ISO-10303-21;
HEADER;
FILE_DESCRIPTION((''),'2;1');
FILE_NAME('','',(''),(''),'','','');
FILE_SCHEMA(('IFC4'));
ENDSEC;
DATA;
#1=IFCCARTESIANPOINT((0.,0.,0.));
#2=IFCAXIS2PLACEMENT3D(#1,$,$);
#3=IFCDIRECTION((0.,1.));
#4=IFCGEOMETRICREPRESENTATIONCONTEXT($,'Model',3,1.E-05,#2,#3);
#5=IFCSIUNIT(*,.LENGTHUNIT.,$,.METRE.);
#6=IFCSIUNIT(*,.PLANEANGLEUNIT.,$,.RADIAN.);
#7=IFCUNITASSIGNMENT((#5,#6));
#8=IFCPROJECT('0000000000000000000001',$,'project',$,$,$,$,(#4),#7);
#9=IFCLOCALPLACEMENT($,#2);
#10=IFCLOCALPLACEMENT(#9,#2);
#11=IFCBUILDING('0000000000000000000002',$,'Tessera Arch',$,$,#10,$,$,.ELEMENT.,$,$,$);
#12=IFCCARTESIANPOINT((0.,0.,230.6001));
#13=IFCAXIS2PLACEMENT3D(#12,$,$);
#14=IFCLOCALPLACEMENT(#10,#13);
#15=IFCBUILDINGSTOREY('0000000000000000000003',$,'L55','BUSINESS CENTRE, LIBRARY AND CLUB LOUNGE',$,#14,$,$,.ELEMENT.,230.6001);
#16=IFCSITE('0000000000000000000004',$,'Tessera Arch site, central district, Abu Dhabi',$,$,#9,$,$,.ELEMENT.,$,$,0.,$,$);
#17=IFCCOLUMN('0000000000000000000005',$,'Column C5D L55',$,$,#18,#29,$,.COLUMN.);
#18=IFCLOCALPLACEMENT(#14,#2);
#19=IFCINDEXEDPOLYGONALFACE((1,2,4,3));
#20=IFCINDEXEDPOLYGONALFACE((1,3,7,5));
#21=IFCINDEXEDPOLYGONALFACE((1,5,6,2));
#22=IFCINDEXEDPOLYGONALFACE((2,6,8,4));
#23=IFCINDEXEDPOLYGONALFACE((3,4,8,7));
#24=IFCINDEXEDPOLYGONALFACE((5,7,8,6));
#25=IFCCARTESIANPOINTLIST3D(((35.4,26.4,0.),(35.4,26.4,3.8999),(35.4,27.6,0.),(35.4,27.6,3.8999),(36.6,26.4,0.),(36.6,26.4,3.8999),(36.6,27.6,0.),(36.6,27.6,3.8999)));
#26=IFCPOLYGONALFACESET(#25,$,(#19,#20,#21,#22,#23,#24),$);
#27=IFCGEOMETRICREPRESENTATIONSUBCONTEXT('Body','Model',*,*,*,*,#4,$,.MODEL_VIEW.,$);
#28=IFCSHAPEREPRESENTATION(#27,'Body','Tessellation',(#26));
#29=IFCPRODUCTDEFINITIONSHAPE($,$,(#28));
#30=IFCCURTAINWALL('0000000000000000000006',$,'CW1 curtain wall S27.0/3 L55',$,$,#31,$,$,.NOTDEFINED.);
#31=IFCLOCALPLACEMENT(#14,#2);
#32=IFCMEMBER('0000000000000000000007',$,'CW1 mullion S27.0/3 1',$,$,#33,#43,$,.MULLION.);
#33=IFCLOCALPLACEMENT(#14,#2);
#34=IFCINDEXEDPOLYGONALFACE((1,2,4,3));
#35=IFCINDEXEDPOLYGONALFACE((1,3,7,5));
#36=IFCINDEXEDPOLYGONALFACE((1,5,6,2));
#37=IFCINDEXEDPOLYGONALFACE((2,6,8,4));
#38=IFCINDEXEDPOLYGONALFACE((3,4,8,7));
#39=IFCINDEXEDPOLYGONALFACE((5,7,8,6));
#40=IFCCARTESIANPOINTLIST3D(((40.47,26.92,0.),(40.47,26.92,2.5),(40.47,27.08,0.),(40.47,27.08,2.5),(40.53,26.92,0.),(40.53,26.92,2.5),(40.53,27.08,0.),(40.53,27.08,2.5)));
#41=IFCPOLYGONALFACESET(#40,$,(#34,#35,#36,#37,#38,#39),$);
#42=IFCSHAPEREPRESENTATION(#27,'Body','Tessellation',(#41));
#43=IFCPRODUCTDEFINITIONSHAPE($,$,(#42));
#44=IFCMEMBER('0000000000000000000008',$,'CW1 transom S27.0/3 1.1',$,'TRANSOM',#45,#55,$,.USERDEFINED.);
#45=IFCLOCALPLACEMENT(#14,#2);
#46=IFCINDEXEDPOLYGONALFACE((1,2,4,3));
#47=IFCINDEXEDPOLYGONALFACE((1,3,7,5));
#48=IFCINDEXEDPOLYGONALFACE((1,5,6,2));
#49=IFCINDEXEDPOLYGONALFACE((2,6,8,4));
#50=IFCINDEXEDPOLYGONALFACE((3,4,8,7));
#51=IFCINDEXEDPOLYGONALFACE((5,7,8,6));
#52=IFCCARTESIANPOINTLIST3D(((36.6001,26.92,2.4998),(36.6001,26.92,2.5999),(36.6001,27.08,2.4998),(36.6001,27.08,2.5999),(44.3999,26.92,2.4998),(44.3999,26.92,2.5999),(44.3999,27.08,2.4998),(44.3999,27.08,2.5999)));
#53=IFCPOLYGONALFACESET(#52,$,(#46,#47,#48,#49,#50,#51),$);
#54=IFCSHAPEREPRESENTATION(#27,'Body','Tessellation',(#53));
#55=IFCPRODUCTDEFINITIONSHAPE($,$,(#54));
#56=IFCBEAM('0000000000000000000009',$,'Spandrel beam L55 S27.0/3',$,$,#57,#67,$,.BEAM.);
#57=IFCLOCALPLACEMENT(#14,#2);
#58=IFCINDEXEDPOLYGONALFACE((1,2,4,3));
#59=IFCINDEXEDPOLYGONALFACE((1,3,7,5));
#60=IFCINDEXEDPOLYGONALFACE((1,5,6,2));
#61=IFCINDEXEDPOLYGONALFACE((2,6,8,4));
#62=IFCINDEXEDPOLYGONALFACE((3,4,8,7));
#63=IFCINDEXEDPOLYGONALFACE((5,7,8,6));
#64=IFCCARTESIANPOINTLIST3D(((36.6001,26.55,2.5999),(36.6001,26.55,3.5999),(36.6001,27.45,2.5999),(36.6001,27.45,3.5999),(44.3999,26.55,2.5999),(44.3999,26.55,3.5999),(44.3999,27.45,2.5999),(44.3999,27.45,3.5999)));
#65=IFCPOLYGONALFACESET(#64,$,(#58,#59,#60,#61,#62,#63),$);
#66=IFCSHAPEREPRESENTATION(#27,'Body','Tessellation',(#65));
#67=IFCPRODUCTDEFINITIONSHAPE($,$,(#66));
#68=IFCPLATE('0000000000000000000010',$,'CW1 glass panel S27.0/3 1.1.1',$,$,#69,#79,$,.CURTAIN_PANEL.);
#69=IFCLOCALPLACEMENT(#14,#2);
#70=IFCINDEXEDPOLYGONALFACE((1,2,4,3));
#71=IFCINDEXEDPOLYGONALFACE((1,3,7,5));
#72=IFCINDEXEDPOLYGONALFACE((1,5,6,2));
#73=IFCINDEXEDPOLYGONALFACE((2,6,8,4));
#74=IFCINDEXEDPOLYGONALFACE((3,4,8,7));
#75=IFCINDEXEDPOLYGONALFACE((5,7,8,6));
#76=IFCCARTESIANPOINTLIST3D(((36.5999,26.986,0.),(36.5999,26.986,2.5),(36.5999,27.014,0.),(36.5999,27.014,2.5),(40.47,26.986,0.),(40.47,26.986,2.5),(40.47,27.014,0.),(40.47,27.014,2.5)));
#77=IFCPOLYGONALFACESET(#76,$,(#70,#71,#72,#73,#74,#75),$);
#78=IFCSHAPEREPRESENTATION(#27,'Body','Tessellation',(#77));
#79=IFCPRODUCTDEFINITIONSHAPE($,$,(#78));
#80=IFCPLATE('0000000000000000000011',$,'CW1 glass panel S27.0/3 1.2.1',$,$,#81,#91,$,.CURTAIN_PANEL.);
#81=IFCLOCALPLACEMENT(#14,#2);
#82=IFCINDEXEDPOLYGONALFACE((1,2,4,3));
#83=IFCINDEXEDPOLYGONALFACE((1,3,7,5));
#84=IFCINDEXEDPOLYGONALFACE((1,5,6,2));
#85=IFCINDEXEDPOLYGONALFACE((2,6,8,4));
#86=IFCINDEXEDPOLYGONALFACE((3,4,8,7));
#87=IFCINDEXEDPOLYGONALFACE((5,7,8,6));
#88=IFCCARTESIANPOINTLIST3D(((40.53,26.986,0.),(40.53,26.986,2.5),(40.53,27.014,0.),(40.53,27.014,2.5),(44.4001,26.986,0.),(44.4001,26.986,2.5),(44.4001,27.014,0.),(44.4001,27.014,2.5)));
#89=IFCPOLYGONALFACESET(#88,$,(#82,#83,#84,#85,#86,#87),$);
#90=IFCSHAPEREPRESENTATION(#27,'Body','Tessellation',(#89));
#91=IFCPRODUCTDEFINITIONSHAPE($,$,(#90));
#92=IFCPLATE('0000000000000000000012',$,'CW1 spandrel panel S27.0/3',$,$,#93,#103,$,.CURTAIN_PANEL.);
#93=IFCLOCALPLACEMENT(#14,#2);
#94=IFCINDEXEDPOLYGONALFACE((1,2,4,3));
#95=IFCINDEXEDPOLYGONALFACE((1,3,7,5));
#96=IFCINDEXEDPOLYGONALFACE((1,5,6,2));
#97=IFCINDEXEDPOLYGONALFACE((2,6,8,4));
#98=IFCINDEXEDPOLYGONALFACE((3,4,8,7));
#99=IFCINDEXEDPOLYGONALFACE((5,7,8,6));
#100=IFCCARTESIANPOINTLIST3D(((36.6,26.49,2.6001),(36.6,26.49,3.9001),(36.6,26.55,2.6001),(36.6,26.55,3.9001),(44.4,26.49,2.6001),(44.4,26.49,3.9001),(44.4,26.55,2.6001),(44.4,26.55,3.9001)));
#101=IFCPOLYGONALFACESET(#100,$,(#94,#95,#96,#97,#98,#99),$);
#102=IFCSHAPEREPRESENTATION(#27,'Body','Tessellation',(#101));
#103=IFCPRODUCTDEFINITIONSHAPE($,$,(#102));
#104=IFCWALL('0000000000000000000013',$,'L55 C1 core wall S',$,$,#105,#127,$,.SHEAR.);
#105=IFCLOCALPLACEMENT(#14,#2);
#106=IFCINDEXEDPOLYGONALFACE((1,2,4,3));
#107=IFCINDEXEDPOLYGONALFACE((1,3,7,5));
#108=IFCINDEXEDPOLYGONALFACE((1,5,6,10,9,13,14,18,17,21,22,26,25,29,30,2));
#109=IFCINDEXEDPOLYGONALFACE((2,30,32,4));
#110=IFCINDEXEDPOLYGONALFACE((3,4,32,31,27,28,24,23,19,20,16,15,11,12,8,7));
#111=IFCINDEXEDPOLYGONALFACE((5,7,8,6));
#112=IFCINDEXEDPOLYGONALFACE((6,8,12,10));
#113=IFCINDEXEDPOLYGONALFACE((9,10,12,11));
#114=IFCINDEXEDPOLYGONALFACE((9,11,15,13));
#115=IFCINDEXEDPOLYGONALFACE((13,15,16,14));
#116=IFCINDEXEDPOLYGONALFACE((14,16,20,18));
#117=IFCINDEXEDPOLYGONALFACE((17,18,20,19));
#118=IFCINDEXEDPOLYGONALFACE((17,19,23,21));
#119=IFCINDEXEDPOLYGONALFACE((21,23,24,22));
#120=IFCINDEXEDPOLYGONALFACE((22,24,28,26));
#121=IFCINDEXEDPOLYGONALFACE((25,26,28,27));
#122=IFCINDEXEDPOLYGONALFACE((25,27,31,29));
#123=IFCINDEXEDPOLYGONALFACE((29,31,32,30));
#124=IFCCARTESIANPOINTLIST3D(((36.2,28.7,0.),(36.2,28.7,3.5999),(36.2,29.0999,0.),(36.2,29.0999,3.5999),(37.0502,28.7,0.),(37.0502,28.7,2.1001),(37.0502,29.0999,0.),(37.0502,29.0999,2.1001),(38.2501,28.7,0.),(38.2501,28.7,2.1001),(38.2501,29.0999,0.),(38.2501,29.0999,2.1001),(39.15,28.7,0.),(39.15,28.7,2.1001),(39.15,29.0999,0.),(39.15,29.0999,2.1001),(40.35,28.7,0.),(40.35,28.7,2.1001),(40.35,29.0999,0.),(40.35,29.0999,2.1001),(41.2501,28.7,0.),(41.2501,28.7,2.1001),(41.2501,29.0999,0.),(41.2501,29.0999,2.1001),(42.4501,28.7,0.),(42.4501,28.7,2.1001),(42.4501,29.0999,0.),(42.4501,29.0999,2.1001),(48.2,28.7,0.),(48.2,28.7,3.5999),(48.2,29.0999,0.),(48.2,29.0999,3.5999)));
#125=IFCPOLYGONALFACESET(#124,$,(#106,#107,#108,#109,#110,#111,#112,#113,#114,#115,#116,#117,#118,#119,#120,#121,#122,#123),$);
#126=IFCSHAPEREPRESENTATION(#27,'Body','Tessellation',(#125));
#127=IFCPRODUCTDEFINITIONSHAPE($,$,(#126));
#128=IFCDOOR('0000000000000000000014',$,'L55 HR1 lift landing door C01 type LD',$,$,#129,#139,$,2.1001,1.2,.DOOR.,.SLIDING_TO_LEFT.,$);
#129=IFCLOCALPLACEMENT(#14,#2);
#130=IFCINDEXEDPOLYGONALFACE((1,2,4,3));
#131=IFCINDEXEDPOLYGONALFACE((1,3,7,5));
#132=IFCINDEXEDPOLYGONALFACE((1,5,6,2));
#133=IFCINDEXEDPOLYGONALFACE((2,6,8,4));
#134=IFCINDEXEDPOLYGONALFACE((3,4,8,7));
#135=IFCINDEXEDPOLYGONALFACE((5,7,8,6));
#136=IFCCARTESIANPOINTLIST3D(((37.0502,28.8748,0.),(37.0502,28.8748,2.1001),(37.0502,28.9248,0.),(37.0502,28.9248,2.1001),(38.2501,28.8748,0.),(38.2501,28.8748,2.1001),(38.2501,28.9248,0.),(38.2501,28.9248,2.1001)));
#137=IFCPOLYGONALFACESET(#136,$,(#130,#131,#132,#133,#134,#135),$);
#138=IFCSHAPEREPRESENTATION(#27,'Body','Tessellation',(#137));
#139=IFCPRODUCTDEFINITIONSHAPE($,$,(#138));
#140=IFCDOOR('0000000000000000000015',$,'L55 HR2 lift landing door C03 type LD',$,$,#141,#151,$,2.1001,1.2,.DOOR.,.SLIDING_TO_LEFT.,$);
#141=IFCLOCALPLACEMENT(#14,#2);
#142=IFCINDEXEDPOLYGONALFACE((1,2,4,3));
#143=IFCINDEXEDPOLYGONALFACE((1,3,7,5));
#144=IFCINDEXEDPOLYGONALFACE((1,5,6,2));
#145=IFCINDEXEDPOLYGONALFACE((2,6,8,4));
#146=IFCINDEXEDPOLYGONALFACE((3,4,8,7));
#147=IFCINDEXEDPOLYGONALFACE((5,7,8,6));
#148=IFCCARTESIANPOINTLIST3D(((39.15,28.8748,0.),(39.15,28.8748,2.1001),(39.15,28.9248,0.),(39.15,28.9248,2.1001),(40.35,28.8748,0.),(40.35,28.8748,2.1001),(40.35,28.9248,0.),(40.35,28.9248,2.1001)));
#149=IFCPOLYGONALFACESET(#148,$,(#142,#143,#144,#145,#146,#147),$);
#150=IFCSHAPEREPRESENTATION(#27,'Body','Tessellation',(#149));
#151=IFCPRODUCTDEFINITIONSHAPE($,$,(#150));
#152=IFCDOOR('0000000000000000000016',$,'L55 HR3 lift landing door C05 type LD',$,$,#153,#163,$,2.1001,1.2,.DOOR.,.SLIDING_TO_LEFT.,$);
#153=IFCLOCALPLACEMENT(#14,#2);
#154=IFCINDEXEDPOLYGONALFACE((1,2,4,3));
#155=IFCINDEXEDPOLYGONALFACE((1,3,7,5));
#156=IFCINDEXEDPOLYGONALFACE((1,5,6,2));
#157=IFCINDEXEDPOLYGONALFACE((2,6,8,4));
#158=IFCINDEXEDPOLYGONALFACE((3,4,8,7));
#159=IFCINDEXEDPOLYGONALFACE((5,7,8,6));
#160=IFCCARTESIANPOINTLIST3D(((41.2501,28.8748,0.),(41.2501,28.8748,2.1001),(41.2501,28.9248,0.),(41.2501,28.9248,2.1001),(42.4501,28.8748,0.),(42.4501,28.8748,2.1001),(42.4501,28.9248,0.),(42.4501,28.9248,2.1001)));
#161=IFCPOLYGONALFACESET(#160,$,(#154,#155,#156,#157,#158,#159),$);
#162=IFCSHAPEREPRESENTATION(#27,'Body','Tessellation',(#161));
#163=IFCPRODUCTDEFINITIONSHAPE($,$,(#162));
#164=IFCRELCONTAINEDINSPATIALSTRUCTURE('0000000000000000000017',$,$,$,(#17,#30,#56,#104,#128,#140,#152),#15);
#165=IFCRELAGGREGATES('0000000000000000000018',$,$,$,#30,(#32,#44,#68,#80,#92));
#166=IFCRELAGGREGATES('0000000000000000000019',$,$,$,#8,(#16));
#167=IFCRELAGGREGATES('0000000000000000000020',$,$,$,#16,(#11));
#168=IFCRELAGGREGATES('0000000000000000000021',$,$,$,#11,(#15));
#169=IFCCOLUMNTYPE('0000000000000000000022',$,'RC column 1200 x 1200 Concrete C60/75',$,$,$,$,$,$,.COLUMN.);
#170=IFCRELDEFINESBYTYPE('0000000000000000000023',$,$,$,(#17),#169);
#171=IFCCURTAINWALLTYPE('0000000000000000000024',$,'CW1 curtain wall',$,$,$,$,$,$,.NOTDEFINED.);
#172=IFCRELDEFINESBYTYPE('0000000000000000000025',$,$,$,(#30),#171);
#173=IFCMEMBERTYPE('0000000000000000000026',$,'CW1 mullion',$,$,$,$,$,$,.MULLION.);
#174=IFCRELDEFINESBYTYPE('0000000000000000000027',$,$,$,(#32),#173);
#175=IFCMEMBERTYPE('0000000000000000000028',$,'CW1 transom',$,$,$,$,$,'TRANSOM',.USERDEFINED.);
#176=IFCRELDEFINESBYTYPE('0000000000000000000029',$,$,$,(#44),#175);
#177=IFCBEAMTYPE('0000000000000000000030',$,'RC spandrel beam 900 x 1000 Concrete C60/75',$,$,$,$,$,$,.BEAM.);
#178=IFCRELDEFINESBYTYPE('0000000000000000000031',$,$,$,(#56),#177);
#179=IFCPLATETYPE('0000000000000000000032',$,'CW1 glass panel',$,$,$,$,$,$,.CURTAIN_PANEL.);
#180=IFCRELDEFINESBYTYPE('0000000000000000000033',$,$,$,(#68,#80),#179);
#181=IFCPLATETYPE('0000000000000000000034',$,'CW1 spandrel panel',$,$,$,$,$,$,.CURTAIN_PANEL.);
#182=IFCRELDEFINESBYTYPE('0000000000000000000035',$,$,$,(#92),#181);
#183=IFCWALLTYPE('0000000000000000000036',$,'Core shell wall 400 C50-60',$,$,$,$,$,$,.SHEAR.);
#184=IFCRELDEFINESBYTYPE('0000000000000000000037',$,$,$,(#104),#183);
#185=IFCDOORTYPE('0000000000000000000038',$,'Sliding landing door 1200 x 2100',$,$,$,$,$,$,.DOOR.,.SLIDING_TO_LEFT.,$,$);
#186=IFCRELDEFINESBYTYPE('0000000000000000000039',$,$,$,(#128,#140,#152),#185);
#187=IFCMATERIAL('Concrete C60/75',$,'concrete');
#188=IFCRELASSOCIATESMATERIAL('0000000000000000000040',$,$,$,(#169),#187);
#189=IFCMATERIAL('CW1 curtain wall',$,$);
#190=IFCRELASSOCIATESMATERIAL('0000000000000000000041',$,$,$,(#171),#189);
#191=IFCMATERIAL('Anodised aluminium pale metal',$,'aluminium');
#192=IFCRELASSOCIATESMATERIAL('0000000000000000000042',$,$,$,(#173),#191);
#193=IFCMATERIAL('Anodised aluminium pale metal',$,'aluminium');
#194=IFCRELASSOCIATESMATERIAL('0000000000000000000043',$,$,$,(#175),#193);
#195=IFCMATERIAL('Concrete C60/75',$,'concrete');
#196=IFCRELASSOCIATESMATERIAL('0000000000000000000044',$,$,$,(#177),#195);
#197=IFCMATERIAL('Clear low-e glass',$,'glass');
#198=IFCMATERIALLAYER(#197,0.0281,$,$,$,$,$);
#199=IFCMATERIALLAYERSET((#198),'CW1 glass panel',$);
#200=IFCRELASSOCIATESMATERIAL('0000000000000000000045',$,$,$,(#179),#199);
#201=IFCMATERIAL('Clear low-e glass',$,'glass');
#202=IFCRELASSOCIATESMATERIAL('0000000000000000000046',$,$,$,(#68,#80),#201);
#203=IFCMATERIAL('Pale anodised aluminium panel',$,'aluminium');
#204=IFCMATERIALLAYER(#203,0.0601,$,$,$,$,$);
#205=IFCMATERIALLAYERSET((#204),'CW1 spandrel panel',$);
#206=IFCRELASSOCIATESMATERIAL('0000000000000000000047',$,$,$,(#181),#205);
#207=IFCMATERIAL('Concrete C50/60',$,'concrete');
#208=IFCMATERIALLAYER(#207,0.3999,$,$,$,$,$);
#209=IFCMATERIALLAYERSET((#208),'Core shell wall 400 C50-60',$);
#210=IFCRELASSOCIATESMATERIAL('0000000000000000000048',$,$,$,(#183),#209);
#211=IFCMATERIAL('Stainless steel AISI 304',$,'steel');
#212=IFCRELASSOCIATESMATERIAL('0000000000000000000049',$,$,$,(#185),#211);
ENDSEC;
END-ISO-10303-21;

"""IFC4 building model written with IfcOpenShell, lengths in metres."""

from ifc_helpers import new_model, si_unit, direction, frame, frame_2d, origin, origin_2d, place, context, subcontext, project, spatial, rectangle, extrude, material, layer, layer_set, material_profile, profile_set, type_object, element, fill, aggregate, save


model = new_model("IFC4")

# Units and contexts
model_context = context("Model", 3, precision=1e-05, world=origin(), true_north=direction((0.0, 1.0)))
body_context = subcontext(model_context, "Body", "Model", "MODEL_VIEW")
ifc_project = project(units=[si_unit("LENGTHUNIT", "METRE"), si_unit("PLANEANGLEUNIT", "RADIAN")], contexts=[model_context])

# Site, building, storey
site_placement = place(None, origin())
site = spatial("IfcSite", under=ifc_project, at=site_placement, Name="Tessera Arch site, central district, Abu Dhabi", CompositionType="ELEMENT", RefElevation=0.0)
building_placement = place(site_placement, origin())
building = spatial("IfcBuilding", under=site, at=building_placement, Name="Tessera Arch", CompositionType="ELEMENT")
storey_placement = place(building_placement, frame((0.0, 0.0, 230.6001)))
storey = spatial("IfcBuildingStorey", under=building, at=storey_placement, Name="L55", Description="BUSINESS CENTRE, LIBRARY AND CLUB LOUNGE", CompositionType="ELEMENT", Elevation=230.6001)

# Column
ifc_material_1 = material(Name="Concrete C60/75", Category="concrete")
ifc_material_profile_1 = material_profile(ifc_material_1, rectangle(XDim=1.2, YDim=1.2, at=origin_2d()), Name="RC column 1200 x 1200 Concrete C60/75")
ifc_profile_set_1 = profile_set([ifc_material_profile_1], Name="Concrete C60/75")
column_type = type_object("IfcColumnType", Name="RC column 1200 x 1200 Concrete C60/75", PredefinedType="COLUMN", material=ifc_profile_set_1)
column_placement = place(storey_placement, frame((36.0, 27.0, 0.0), z_axis=(0.0, 0.0, 1.0), x_axis=(1.0, 0.0, 0.0)))
element("IfcColumn", 1, at=column_placement, inside=storey, type_object=column_type, Name="Column C5D L55", PredefinedType="COLUMN", context=body_context, shape_type="SweptSolid", body=[
    extrude(rectangle(XDim=1.2, YDim=1.2, at=origin_2d()), origin(), (0.0, 0.0, 1.0), 3.8999),
])

# Curtain wall, members
ifc_material_2 = material(Name="CW1 curtain wall")
curtain_wall_type = type_object("IfcCurtainWallType", Name="CW1 curtain wall", PredefinedType="NOTDEFINED", material=ifc_material_2)
curtain_wall_placement = place(storey_placement, origin())
curtain_wall = element("IfcCurtainWall", 2, at=curtain_wall_placement, inside=storey, type_object=curtain_wall_type, Name="CW1 curtain wall S27.0/3 L55", PredefinedType="NOTDEFINED")
ifc_material_3 = material(Name="Anodised aluminium pale metal", Category="aluminium")
ifc_material_profile_2 = material_profile(ifc_material_3, rectangle(XDim=0.1599, YDim=0.0601, at=origin_2d()), Name="AL 60x160")
ifc_profile_set_2 = profile_set([ifc_material_profile_2], Name="Anodised aluminium pale metal")
member_type_1 = type_object("IfcMemberType", Name="CW1 mullion", PredefinedType="MULLION", material=ifc_profile_set_2)
member_1_placement = place(storey_placement, frame((40.5, 27.0, 0.0), z_axis=(0.0, 0.0, 1.0), x_axis=(0.0, 1.0, 0.0)))
member_1 = element("IfcMember", 3, at=member_1_placement, type_object=member_type_1, Name="CW1 mullion S27.0/3 1", PredefinedType="MULLION", context=body_context, shape_type="SweptSolid", body=[
    extrude(rectangle(XDim=0.1599, YDim=0.0601, at=origin_2d()), origin(), (0.0, 0.0, 1.0), 2.5),
])
ifc_material_4 = material(Name="Anodised aluminium pale metal", Category="aluminium")
ifc_material_profile_3 = material_profile(ifc_material_4, rectangle(XDim=0.1599, YDim=0.1001, at=origin_2d()), Name="AL 160x100")
ifc_profile_set_3 = profile_set([ifc_material_profile_3], Name="Anodised aluminium pale metal")
member_type_2 = type_object("IfcMemberType", Name="CW1 transom", ElementType="TRANSOM", PredefinedType="USERDEFINED", material=ifc_profile_set_3)
member_2_placement = place(storey_placement, frame((36.6001, 27.0, 2.5498), z_axis=(1.0, 0.0, 0.0), x_axis=(0.0, 1.0, 0.0)))
member_2 = element("IfcMember", 4, at=member_2_placement, type_object=member_type_2, Name="CW1 transom S27.0/3 1.1", ObjectType="TRANSOM", PredefinedType="USERDEFINED", context=body_context, shape_type="SweptSolid", body=[
    extrude(rectangle(XDim=0.1599, YDim=0.1001, at=origin_2d()), origin(), (0.0, 0.0, 1.0), 7.7998),
])

# Beam
ifc_material_5 = material(Name="Concrete C60/75", Category="concrete")
ifc_material_profile_4 = material_profile(ifc_material_5, rectangle(XDim=0.8999, YDim=1.0, at=origin_2d()), Name="RC spandrel beam 900 x 1000 Concrete C60/75")
ifc_profile_set_4 = profile_set([ifc_material_profile_4], Name="Concrete C60/75")
beam_type = type_object("IfcBeamType", Name="RC spandrel beam 900 x 1000 Concrete C60/75", PredefinedType="BEAM", material=ifc_profile_set_4)
beam_placement = place(storey_placement, frame((36.6001, 27.0, 3.0999), z_axis=(1.0, 0.0, 0.0), x_axis=(0.0, 1.0, 0.0)))
element("IfcBeam", 5, at=beam_placement, inside=storey, type_object=beam_type, Name="Spandrel beam L55 S27.0/3", PredefinedType="BEAM", context=body_context, shape_type="SweptSolid", body=[
    extrude(rectangle(XDim=0.8999, YDim=1.0, at=origin_2d()), origin(), (0.0, 0.0, 1.0), 7.7998),
])

# Plates
ifc_material_6 = material(Name="Clear low-e glass", Category="glass")
ifc_material_7 = material(Name="Clear low-e glass", Category="glass")
ifc_layer_1 = layer(ifc_material_7, 0.0281)
ifc_layer_set_1 = layer_set([ifc_layer_1], Name="CW1 glass panel")
plate_type_1 = type_object("IfcPlateType", Name="CW1 glass panel", PredefinedType="CURTAIN_PANEL", material=ifc_layer_set_1)
plate_1_placement = place(storey_placement, frame((38.5349, 27.0, 0.0), z_axis=(0.0, 0.0, 1.0), x_axis=(1.0, 0.0, 0.0)))
plate_1 = element("IfcPlate", 6, at=plate_1_placement, type_object=plate_type_1, material=ifc_material_6, Name="CW1 glass panel S27.0/3 1.1.1", PredefinedType="CURTAIN_PANEL", context=body_context, shape_type="SweptSolid", body=[
    extrude(rectangle(XDim=3.8701, YDim=0.0281, at=origin_2d()), origin(), (0.0, 0.0, 1.0), 2.5),
])
plate_2_placement = place(storey_placement, frame((42.4651, 27.0, 0.0), z_axis=(0.0, 0.0, 1.0), x_axis=(1.0, 0.0, 0.0)))
plate_2 = element("IfcPlate", 7, at=plate_2_placement, type_object=plate_type_1, material=ifc_material_6, Name="CW1 glass panel S27.0/3 1.2.1", PredefinedType="CURTAIN_PANEL", context=body_context, shape_type="SweptSolid", body=[
    extrude(rectangle(XDim=3.8701, YDim=0.0281, at=origin_2d()), origin(), (0.0, 0.0, 1.0), 2.5),
])
ifc_material_8 = material(Name="Pale anodised aluminium panel", Category="aluminium")
ifc_layer_2 = layer(ifc_material_8, 0.0601)
ifc_layer_set_2 = layer_set([ifc_layer_2], Name="CW1 spandrel panel")
plate_type_2 = type_object("IfcPlateType", Name="CW1 spandrel panel", PredefinedType="CURTAIN_PANEL", material=ifc_layer_set_2)
plate_3_placement = place(storey_placement, frame((40.5, 26.52, 2.6001), z_axis=(0.0, 0.0, 1.0), x_axis=(1.0, 0.0, 0.0)))
plate_3 = element("IfcPlate", 8, at=plate_3_placement, type_object=plate_type_2, Name="CW1 spandrel panel S27.0/3", PredefinedType="CURTAIN_PANEL", context=body_context, shape_type="SweptSolid", body=[
    extrude(rectangle(XDim=7.8, YDim=0.0601, at=origin_2d()), origin(), (0.0, 0.0, 1.0), 1.3),
])
aggregate(curtain_wall, [member_1, member_2, plate_1, plate_2, plate_3])

# Wall, openings, doors
ifc_material_9 = material(Name="Concrete C50/60", Category="concrete")
ifc_layer_3 = layer(ifc_material_9, 0.3999)
ifc_layer_set_3 = layer_set([ifc_layer_3], Name="Core shell wall 400 C50-60")
wall_type_1 = type_object("IfcWallType", Name="Core shell wall 400 C50-60", PredefinedType="SHEAR", material=ifc_layer_set_3)
wall_1_placement = place(storey_placement, frame((36.2, 28.8999, 0.0), z_axis=(0.0, 0.0, 1.0), x_axis=(1.0, 0.0, 0.0)))
wall_1 = element("IfcWall", 9, at=wall_1_placement, inside=storey, type_object=wall_type_1, Name="L55 C1 core wall S", PredefinedType="SHEAR", context=body_context, shape_type="SweptSolid", body=[
    extrude(rectangle(XDim=12.0, YDim=0.3999, at=frame_2d((6.0, 0.0))), origin(), (0.0, 0.0, 1.0), 3.5999),
])
opening_1_placement = place(wall_1_placement, frame((0.8501, 0.0, 0.0)))
opening_1 = element("IfcOpeningElement", 10, at=opening_1_placement, cuts=wall_1, PredefinedType="OPENING", context=body_context, shape_type="SweptSolid", body=[
    extrude(rectangle(XDim=1.2, YDim=2.1001, at=frame_2d((0.6001, 1.05))), frame((0.0, 0.21, 0.0), z_axis=(0.0, -1.0, 0.0), x_axis=(1.0, 0.0, 0.0)), (0.0, 0.0, 1.0), 0.4199),
])
opening_2_placement = place(wall_1_placement, frame((2.95, 0.0, 0.0)))
opening_2 = element("IfcOpeningElement", 11, at=opening_2_placement, cuts=wall_1, PredefinedType="OPENING", context=body_context, shape_type="SweptSolid", body=[
    extrude(rectangle(XDim=1.2, YDim=2.1001, at=frame_2d((0.6001, 1.05))), frame((0.0, 0.21, 0.0), z_axis=(0.0, -1.0, 0.0), x_axis=(1.0, 0.0, 0.0)), (0.0, 0.0, 1.0), 0.4199),
])
opening_3_placement = place(wall_1_placement, frame((5.05, 0.0, 0.0)))
opening_3 = element("IfcOpeningElement", 12, at=opening_3_placement, cuts=wall_1, PredefinedType="OPENING", context=body_context, shape_type="SweptSolid", body=[
    extrude(rectangle(XDim=1.2, YDim=2.1001, at=frame_2d((0.6001, 1.05))), frame((0.0, 0.21, 0.0), z_axis=(0.0, -1.0, 0.0), x_axis=(1.0, 0.0, 0.0)), (0.0, 0.0, 1.0), 0.4199),
])
ifc_material_10 = material(Name="Stainless steel AISI 304", Category="steel")
door_type_1 = type_object("IfcDoorType", Name="Sliding landing door 1200 x 2100", OperationType="SLIDING_TO_LEFT", PredefinedType="DOOR", material=ifc_material_10)
door_1_placement = place(opening_1_placement, origin())
door_1 = element("IfcDoor", 13, at=door_1_placement, inside=storey, type_object=door_type_1, Name="L55 HR1 lift landing door C01 type LD", OperationType="SLIDING_TO_LEFT", OverallHeight=2.1001, OverallWidth=1.2, PredefinedType="DOOR", context=body_context, shape_type="SweptSolid", body=[
    extrude(rectangle(XDim=1.2, YDim=2.1001, at=frame_2d((0.6001, 1.05))), frame((0.0, 0.0249, 0.0), z_axis=(0.0, -1.0, 0.0), x_axis=(1.0, 0.0, 0.0)), (0.0, 0.0, 1.0), 0.05),
])
fill(opening_1, door_1)
door_2_placement = place(opening_2_placement, origin())
door_2 = element("IfcDoor", 14, at=door_2_placement, inside=storey, type_object=door_type_1, Name="L55 HR2 lift landing door C03 type LD", OperationType="SLIDING_TO_LEFT", OverallHeight=2.1001, OverallWidth=1.2, PredefinedType="DOOR", context=body_context, shape_type="SweptSolid", body=[
    extrude(rectangle(XDim=1.2, YDim=2.1001, at=frame_2d((0.6001, 1.05))), frame((0.0, 0.0249, 0.0), z_axis=(0.0, -1.0, 0.0), x_axis=(1.0, 0.0, 0.0)), (0.0, 0.0, 1.0), 0.05),
])
fill(opening_2, door_2)
door_3_placement = place(opening_3_placement, origin())
door_3 = element("IfcDoor", 15, at=door_3_placement, inside=storey, type_object=door_type_1, Name="L55 HR3 lift landing door C05 type LD", OperationType="SLIDING_TO_LEFT", OverallHeight=2.1001, OverallWidth=1.2, PredefinedType="DOOR", context=body_context, shape_type="SweptSolid", body=[
    extrude(rectangle(XDim=1.2, YDim=2.1001, at=frame_2d((0.6001, 1.05))), frame((0.0, 0.0249, 0.0), z_axis=(0.0, -1.0, 0.0), x_axis=(1.0, 0.0, 0.0)), (0.0, 0.0, 1.0), 0.05),
])
fill(opening_3, door_3)

save(model, "model.ifc")
